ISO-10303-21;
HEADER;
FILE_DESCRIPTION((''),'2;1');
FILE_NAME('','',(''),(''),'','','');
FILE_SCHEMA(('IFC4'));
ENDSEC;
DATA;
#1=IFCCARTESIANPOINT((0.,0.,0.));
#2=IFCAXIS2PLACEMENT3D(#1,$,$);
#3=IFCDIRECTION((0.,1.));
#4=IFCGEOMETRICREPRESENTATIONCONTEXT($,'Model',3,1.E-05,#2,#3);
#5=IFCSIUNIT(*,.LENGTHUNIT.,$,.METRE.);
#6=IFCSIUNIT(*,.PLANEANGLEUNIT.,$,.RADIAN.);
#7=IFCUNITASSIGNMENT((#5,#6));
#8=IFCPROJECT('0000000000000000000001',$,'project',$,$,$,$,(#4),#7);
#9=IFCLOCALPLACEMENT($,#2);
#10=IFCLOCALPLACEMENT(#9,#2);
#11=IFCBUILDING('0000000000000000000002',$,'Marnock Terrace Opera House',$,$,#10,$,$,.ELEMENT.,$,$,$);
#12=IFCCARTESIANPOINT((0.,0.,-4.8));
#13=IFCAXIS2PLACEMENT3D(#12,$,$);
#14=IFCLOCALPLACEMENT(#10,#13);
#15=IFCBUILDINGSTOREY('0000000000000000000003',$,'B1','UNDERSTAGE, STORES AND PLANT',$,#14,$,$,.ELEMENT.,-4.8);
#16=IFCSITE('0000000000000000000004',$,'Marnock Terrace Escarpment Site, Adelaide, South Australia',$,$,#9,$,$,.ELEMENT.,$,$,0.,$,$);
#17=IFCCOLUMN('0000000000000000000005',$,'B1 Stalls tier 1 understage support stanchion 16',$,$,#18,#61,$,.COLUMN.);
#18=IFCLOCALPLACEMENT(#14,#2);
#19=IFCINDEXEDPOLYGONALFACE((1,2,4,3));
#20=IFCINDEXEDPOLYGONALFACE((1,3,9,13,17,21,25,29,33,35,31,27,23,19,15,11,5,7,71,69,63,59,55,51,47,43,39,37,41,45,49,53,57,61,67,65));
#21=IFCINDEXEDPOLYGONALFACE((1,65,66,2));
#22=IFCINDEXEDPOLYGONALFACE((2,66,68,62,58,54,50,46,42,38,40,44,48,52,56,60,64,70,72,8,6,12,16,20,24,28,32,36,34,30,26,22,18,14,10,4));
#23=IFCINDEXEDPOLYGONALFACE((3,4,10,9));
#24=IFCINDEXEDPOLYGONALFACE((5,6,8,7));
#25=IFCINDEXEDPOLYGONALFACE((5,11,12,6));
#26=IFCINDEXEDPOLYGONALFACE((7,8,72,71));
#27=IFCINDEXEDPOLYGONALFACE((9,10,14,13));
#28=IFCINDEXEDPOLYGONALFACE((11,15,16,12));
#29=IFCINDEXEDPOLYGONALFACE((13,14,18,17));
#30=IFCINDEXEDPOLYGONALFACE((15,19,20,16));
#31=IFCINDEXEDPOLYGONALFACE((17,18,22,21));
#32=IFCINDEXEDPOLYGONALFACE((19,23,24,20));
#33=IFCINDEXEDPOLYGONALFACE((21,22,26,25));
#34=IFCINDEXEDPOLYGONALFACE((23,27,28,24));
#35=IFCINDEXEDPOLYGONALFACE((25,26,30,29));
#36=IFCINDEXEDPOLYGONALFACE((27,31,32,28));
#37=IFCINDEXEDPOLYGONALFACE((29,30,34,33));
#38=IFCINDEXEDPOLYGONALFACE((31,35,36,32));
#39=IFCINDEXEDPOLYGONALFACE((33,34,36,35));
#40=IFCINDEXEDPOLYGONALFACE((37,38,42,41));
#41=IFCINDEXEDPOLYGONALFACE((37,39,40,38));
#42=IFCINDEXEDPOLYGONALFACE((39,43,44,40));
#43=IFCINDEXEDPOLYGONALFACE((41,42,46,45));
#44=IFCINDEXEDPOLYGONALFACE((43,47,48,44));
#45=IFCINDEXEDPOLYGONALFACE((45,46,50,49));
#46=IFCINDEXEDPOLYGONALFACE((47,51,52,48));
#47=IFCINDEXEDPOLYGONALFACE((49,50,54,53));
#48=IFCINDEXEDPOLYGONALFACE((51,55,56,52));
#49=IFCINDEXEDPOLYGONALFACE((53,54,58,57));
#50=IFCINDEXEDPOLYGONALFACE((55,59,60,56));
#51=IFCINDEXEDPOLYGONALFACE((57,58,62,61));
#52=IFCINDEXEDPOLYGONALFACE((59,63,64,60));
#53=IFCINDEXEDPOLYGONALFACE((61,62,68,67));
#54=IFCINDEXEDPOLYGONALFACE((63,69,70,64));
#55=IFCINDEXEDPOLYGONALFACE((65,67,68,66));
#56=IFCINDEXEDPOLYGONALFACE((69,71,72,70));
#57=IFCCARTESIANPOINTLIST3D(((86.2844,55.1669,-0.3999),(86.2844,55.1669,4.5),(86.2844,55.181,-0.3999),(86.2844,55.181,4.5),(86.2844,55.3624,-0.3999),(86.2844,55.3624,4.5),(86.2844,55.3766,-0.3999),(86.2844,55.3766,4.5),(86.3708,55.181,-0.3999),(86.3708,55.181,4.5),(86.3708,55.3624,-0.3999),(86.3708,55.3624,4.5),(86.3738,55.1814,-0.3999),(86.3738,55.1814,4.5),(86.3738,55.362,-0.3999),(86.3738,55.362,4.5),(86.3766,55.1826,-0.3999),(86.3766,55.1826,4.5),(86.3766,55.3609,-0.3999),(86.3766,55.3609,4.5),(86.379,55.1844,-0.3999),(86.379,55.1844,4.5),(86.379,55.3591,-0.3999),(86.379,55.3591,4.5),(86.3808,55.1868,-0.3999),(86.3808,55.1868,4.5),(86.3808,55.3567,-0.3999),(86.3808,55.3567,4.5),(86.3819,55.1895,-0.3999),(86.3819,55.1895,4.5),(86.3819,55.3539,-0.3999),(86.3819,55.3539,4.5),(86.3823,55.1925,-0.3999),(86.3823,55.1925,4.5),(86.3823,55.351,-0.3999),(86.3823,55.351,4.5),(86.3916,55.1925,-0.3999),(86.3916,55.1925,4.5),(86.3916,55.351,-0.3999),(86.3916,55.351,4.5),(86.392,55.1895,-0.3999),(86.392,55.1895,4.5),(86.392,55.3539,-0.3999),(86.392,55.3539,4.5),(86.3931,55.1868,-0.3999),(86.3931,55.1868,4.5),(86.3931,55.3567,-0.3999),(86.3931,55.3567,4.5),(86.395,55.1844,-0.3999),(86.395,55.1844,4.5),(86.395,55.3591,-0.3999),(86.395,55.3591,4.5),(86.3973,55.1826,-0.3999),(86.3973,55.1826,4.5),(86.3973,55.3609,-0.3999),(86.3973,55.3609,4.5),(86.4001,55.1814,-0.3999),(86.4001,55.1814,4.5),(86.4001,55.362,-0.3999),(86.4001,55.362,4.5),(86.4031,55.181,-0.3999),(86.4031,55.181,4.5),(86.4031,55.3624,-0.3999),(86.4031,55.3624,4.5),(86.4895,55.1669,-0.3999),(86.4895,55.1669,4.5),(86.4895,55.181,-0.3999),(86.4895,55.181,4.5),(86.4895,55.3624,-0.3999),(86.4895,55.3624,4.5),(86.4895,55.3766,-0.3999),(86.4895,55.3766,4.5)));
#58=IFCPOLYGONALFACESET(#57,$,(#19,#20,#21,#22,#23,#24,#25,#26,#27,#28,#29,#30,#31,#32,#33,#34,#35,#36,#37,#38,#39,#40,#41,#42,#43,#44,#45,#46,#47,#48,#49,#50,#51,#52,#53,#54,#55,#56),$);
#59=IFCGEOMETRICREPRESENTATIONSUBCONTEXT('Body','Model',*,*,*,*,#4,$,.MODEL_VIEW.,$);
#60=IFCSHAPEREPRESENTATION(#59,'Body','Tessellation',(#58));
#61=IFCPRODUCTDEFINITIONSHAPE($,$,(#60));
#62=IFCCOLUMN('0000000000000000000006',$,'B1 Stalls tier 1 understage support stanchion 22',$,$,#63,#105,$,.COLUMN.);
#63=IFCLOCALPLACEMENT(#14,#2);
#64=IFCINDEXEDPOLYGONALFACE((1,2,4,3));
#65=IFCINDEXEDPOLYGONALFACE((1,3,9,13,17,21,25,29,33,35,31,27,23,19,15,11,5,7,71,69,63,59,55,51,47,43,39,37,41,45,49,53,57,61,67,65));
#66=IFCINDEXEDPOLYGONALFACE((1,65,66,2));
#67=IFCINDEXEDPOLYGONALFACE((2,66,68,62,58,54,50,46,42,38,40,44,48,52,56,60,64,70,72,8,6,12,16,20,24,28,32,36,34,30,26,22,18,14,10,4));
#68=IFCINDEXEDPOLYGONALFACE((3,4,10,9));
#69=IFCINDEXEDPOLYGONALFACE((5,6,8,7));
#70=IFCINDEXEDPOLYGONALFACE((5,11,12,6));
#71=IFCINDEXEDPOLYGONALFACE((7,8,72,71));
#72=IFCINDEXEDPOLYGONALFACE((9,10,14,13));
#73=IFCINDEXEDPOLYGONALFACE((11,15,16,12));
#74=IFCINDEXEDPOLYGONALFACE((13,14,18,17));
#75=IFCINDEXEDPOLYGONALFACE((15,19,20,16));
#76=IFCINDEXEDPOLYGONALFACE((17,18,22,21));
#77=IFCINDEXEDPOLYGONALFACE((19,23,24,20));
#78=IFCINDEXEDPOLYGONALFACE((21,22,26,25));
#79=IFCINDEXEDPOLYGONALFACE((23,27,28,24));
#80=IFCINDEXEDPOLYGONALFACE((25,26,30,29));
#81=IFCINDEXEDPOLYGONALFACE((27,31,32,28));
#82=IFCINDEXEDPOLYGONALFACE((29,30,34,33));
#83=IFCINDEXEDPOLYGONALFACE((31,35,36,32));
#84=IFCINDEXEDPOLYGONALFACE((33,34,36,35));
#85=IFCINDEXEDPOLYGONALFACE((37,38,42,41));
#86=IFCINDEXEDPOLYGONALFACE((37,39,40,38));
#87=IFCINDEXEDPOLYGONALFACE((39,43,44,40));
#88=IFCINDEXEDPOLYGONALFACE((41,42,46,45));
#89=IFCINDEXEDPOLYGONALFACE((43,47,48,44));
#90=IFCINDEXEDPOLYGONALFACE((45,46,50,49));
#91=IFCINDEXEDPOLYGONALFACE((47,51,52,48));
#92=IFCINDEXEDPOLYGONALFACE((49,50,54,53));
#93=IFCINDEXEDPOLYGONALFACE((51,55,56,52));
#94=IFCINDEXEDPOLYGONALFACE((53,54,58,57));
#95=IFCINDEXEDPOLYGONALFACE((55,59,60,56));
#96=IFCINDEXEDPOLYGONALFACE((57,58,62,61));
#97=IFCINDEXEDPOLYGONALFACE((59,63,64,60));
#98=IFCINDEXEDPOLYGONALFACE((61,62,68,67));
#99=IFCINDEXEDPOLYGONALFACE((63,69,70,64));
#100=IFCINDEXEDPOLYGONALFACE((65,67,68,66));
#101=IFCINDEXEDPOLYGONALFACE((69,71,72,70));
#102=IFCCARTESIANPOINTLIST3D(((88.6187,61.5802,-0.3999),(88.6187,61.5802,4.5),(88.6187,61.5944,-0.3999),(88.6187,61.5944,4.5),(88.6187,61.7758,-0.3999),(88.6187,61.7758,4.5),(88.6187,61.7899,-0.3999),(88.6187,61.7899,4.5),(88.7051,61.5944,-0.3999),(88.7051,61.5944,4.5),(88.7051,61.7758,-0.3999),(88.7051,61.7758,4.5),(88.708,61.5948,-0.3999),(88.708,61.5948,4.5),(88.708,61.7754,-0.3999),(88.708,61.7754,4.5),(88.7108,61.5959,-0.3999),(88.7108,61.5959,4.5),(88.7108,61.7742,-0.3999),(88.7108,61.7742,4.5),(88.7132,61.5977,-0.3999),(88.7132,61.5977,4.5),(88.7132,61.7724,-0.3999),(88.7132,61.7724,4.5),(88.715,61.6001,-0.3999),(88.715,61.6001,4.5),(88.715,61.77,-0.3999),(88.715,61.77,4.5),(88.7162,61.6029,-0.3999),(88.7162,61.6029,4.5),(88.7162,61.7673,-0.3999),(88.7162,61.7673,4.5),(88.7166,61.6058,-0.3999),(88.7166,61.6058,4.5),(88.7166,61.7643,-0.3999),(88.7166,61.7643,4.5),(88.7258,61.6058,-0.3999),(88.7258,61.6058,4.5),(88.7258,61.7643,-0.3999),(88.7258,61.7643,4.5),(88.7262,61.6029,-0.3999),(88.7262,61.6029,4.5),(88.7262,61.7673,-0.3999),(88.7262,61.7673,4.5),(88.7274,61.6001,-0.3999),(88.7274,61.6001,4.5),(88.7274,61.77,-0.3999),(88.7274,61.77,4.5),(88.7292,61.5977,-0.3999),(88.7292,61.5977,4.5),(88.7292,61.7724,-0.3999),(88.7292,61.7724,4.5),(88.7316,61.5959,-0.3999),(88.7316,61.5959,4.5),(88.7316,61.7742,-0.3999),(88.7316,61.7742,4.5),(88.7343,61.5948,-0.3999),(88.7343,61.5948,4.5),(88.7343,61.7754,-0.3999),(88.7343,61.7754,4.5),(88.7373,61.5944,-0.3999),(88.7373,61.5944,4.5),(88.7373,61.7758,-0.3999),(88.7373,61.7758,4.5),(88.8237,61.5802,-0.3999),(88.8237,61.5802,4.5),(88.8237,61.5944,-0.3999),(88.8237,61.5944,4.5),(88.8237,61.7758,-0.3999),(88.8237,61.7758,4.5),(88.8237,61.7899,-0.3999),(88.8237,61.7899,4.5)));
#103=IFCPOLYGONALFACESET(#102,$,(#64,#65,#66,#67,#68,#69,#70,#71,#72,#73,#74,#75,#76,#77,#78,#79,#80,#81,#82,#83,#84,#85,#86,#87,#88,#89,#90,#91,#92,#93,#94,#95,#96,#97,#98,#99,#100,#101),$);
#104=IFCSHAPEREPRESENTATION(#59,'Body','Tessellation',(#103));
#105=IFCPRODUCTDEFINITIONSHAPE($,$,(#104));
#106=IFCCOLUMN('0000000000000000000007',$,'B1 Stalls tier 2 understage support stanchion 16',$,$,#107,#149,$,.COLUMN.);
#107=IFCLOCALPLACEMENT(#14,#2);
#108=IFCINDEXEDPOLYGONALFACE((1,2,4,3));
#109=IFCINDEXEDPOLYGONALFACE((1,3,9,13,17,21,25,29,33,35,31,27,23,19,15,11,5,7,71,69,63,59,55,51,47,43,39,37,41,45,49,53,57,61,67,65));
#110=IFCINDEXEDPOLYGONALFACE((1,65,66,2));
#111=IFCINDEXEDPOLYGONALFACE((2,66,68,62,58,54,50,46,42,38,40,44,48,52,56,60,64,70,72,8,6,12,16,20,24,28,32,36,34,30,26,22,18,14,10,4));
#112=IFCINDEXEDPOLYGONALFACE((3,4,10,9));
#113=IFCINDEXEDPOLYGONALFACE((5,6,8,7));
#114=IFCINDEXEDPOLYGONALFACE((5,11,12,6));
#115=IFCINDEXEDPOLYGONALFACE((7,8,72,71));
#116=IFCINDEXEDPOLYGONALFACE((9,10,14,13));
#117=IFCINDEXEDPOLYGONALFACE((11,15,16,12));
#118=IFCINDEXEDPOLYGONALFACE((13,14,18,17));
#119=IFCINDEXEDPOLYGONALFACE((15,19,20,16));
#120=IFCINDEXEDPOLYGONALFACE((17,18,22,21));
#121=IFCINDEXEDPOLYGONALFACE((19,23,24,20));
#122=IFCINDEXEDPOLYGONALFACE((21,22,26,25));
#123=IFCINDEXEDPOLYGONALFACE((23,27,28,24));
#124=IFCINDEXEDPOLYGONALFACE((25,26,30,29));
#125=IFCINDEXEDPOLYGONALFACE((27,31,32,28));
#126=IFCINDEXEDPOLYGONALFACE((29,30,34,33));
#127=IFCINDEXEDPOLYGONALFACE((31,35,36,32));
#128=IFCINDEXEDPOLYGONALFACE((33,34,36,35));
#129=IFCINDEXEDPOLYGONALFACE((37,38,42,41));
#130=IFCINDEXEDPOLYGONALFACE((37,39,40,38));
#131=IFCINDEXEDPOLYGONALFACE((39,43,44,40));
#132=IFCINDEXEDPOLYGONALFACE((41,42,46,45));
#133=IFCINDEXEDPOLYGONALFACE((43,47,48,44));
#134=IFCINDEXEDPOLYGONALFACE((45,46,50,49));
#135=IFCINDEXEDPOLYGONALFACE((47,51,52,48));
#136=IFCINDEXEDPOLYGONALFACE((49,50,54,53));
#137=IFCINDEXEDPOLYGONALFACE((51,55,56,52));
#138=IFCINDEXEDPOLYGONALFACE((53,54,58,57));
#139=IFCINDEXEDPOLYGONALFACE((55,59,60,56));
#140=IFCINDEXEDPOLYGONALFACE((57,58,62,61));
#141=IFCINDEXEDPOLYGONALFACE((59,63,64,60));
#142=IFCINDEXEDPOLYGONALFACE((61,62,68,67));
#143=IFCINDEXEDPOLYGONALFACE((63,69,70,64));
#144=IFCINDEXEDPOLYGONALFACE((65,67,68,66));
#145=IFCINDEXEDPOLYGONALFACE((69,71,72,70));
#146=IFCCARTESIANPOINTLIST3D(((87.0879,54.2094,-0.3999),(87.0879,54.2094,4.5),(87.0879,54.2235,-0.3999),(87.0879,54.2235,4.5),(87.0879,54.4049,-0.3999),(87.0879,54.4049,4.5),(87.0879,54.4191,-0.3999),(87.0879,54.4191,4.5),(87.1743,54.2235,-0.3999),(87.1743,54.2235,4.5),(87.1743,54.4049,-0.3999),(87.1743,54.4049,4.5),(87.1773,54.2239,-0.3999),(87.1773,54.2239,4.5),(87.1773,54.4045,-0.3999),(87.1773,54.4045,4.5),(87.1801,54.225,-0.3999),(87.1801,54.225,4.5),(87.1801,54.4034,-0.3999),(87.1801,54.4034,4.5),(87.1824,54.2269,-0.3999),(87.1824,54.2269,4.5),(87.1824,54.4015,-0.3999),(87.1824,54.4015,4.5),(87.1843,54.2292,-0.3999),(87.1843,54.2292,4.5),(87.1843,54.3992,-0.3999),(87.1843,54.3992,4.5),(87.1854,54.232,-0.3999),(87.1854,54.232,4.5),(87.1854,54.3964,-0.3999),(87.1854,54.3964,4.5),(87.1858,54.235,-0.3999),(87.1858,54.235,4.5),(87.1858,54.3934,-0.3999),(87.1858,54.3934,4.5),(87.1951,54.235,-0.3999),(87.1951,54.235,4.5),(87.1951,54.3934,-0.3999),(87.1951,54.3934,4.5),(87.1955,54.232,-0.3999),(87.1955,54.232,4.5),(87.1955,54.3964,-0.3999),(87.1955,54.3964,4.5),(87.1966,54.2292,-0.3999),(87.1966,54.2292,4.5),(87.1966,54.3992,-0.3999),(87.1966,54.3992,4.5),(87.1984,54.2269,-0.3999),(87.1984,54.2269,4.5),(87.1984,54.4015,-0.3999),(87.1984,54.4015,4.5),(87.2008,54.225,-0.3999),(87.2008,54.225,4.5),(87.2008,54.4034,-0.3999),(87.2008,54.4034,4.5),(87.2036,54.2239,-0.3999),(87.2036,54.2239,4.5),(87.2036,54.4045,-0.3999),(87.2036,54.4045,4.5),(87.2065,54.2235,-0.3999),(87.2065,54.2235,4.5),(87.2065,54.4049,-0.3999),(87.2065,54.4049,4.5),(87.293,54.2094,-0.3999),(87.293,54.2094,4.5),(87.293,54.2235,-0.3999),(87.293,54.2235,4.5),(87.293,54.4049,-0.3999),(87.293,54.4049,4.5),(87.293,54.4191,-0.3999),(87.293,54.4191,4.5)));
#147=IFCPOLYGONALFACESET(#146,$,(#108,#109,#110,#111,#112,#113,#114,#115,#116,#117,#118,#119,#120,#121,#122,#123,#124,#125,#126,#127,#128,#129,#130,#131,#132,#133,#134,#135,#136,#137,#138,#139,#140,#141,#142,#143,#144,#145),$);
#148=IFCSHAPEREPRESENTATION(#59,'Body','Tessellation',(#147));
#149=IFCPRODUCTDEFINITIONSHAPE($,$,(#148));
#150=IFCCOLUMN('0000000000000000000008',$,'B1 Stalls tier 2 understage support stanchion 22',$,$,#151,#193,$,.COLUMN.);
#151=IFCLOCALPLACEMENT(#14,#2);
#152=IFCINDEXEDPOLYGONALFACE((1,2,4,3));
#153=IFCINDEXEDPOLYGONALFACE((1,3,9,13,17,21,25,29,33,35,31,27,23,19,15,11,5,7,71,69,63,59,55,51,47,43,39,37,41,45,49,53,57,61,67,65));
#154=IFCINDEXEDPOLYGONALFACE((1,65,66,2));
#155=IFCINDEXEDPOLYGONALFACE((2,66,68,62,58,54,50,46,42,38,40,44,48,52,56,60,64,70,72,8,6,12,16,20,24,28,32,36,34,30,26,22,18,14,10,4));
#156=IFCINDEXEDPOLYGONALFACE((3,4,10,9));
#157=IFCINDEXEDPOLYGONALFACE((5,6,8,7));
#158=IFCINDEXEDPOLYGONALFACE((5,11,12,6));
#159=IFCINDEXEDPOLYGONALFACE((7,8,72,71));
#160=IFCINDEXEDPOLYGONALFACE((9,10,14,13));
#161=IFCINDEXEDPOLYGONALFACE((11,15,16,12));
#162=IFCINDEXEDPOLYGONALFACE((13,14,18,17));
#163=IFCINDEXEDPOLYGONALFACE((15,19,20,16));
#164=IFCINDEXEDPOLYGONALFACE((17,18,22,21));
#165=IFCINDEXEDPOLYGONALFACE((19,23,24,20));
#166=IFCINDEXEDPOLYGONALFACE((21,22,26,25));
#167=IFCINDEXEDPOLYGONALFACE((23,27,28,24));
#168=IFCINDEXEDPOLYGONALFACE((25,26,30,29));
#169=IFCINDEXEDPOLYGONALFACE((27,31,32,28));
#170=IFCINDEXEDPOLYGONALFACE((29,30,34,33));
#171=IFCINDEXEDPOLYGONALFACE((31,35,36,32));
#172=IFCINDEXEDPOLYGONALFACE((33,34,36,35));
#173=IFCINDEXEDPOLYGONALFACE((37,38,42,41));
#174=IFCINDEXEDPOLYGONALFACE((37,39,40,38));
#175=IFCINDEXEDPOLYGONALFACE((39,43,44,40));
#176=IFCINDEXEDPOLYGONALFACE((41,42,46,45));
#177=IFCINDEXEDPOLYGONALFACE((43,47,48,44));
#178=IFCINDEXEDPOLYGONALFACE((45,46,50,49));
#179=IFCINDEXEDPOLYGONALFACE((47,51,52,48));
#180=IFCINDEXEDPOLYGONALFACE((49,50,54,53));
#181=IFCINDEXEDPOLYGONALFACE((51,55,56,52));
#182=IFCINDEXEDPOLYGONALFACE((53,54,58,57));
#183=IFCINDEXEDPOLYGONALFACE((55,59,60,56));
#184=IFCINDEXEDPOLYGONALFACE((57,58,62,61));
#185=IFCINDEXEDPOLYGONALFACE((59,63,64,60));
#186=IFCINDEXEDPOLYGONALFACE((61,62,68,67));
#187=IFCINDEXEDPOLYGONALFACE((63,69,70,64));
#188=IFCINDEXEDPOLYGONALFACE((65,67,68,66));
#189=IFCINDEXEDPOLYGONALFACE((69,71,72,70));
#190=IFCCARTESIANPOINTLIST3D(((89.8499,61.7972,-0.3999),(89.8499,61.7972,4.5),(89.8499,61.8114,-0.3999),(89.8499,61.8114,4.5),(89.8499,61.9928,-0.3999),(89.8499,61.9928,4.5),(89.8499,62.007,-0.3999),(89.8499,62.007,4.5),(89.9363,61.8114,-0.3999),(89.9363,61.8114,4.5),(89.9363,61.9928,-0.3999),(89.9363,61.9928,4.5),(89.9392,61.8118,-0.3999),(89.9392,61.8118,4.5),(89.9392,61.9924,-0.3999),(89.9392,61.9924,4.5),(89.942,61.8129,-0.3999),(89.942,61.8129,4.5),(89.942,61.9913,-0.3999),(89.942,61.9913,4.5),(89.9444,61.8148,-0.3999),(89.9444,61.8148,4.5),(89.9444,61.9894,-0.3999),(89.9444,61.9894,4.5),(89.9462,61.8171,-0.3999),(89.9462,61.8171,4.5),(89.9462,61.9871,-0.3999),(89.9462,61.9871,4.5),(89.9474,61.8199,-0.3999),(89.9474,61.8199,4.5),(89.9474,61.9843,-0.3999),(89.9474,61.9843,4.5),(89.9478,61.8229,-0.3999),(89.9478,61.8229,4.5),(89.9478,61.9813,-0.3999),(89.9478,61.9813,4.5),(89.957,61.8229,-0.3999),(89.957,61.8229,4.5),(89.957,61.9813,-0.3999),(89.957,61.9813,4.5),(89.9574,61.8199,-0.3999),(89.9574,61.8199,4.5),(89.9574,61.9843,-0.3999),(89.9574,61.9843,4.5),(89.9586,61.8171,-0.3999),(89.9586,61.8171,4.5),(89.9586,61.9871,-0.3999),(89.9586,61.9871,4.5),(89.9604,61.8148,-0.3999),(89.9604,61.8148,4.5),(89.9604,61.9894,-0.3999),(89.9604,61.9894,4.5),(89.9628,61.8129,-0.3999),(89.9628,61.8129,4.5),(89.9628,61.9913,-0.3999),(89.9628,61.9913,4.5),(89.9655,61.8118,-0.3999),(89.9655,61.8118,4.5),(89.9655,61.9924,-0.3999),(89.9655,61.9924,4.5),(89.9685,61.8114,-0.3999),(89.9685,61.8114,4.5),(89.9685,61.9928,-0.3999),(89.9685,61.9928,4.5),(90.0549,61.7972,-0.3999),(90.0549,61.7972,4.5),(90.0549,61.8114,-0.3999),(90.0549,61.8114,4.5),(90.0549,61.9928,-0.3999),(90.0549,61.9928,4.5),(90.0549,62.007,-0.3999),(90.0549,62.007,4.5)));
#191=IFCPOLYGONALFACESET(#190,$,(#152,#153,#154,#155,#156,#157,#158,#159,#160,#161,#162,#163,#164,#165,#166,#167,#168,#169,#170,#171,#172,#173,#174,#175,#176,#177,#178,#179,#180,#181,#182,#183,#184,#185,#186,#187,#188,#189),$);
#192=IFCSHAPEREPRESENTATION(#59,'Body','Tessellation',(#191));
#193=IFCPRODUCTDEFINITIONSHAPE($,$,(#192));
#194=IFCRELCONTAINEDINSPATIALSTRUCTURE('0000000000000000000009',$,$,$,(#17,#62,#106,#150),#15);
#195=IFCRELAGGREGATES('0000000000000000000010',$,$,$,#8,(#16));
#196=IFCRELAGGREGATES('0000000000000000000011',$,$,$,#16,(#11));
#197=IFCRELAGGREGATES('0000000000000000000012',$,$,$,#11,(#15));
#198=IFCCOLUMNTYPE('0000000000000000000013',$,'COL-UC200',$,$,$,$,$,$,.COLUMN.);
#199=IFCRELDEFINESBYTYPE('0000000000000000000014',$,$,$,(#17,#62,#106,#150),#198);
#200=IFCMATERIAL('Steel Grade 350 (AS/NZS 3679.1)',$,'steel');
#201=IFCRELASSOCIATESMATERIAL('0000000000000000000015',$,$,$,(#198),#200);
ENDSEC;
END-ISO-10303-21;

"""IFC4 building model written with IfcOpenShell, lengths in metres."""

from ifc_helpers import new_model, si_unit, direction, frame, origin, origin_2d, place, context, subcontext, project, spatial, i_section, extrude, material, material_profile, profile_set, type_object, element, save


model = new_model("IFC4")

# Units and contexts
model_context = context("Model", 3, precision=1e-05, world=origin(), true_north=direction((0.0, 1.0)))
body_context = subcontext(model_context, "Body", "Model", "MODEL_VIEW")
ifc_project = project(units=[si_unit("LENGTHUNIT", "METRE"), si_unit("PLANEANGLEUNIT", "RADIAN")], contexts=[model_context])

# Site, building, storey
site_placement = place(None, origin())
site = spatial("IfcSite", under=ifc_project, at=site_placement, Name="Marnock Terrace Escarpment Site, Adelaide, South Australia", CompositionType="ELEMENT", RefElevation=0.0)
building_placement = place(site_placement, origin())
building = spatial("IfcBuilding", under=site, at=building_placement, Name="Marnock Terrace Opera House", CompositionType="ELEMENT")
storey_placement = place(building_placement, frame((0.0, 0.0, -4.8)))
storey = spatial("IfcBuildingStorey", under=building, at=storey_placement, Name="B1", Description="UNDERSTAGE, STORES AND PLANT", CompositionType="ELEMENT", Elevation=-4.8)

# Columns
ifc_material_1 = material(Name="Steel Grade 350 (AS/NZS 3679.1)", Category="steel")
ifc_material_profile_1 = material_profile(ifc_material_1, i_section(OverallWidth=0.2051, OverallDepth=0.2097, WebThickness=0.0093, FlangeThickness=0.0142, FilletRadius=0.0115, at=origin_2d()))
ifc_profile_set_1 = profile_set([ifc_material_profile_1], Name="Steel Grade 350 (AS/NZS 3679.1)")
column_type_1 = type_object("IfcColumnType", Name="COL-UC200", PredefinedType="COLUMN", material=ifc_profile_set_1)
for number, where, z_axis, x_axis, name in (
    (1, (86.387, 55.2717, -0.3999), (0.0, 0.0, 1.0), (1.0, 0.0, 0.0), "B1 Stalls tier 1 understage support stanchion 16"),
    (2, (88.7212, 61.6851, -0.3999), (0.0, 0.0, 1.0), (1.0, 0.0, 0.0), "B1 Stalls tier 1 understage support stanchion 22"),
    (3, (87.1904, 54.3142, -0.3999), (0.0, 0.0, 1.0), (1.0, 0.0, 0.0), "B1 Stalls tier 2 understage support stanchion 16"),
    (4, (89.9524, 61.9021, -0.3999), (0.0, 0.0, 1.0), (1.0, 0.0, 0.0), "B1 Stalls tier 2 understage support stanchion 22"),
):
    element("IfcColumn", number, at=place(storey_placement, frame(where, z_axis=z_axis, x_axis=x_axis)), inside=storey, type_object=column_type_1, Name=name, PredefinedType="COLUMN", context=body_context, shape_type="SweptSolid", body=[
        extrude(i_section(OverallWidth=0.2051, OverallDepth=0.2097, WebThickness=0.0093, FlangeThickness=0.0142, FilletRadius=0.0115, at=origin_2d()), origin(), (0.0, 0.0, 1.0), 4.8999),
    ])

save(model, "model.ifc")
